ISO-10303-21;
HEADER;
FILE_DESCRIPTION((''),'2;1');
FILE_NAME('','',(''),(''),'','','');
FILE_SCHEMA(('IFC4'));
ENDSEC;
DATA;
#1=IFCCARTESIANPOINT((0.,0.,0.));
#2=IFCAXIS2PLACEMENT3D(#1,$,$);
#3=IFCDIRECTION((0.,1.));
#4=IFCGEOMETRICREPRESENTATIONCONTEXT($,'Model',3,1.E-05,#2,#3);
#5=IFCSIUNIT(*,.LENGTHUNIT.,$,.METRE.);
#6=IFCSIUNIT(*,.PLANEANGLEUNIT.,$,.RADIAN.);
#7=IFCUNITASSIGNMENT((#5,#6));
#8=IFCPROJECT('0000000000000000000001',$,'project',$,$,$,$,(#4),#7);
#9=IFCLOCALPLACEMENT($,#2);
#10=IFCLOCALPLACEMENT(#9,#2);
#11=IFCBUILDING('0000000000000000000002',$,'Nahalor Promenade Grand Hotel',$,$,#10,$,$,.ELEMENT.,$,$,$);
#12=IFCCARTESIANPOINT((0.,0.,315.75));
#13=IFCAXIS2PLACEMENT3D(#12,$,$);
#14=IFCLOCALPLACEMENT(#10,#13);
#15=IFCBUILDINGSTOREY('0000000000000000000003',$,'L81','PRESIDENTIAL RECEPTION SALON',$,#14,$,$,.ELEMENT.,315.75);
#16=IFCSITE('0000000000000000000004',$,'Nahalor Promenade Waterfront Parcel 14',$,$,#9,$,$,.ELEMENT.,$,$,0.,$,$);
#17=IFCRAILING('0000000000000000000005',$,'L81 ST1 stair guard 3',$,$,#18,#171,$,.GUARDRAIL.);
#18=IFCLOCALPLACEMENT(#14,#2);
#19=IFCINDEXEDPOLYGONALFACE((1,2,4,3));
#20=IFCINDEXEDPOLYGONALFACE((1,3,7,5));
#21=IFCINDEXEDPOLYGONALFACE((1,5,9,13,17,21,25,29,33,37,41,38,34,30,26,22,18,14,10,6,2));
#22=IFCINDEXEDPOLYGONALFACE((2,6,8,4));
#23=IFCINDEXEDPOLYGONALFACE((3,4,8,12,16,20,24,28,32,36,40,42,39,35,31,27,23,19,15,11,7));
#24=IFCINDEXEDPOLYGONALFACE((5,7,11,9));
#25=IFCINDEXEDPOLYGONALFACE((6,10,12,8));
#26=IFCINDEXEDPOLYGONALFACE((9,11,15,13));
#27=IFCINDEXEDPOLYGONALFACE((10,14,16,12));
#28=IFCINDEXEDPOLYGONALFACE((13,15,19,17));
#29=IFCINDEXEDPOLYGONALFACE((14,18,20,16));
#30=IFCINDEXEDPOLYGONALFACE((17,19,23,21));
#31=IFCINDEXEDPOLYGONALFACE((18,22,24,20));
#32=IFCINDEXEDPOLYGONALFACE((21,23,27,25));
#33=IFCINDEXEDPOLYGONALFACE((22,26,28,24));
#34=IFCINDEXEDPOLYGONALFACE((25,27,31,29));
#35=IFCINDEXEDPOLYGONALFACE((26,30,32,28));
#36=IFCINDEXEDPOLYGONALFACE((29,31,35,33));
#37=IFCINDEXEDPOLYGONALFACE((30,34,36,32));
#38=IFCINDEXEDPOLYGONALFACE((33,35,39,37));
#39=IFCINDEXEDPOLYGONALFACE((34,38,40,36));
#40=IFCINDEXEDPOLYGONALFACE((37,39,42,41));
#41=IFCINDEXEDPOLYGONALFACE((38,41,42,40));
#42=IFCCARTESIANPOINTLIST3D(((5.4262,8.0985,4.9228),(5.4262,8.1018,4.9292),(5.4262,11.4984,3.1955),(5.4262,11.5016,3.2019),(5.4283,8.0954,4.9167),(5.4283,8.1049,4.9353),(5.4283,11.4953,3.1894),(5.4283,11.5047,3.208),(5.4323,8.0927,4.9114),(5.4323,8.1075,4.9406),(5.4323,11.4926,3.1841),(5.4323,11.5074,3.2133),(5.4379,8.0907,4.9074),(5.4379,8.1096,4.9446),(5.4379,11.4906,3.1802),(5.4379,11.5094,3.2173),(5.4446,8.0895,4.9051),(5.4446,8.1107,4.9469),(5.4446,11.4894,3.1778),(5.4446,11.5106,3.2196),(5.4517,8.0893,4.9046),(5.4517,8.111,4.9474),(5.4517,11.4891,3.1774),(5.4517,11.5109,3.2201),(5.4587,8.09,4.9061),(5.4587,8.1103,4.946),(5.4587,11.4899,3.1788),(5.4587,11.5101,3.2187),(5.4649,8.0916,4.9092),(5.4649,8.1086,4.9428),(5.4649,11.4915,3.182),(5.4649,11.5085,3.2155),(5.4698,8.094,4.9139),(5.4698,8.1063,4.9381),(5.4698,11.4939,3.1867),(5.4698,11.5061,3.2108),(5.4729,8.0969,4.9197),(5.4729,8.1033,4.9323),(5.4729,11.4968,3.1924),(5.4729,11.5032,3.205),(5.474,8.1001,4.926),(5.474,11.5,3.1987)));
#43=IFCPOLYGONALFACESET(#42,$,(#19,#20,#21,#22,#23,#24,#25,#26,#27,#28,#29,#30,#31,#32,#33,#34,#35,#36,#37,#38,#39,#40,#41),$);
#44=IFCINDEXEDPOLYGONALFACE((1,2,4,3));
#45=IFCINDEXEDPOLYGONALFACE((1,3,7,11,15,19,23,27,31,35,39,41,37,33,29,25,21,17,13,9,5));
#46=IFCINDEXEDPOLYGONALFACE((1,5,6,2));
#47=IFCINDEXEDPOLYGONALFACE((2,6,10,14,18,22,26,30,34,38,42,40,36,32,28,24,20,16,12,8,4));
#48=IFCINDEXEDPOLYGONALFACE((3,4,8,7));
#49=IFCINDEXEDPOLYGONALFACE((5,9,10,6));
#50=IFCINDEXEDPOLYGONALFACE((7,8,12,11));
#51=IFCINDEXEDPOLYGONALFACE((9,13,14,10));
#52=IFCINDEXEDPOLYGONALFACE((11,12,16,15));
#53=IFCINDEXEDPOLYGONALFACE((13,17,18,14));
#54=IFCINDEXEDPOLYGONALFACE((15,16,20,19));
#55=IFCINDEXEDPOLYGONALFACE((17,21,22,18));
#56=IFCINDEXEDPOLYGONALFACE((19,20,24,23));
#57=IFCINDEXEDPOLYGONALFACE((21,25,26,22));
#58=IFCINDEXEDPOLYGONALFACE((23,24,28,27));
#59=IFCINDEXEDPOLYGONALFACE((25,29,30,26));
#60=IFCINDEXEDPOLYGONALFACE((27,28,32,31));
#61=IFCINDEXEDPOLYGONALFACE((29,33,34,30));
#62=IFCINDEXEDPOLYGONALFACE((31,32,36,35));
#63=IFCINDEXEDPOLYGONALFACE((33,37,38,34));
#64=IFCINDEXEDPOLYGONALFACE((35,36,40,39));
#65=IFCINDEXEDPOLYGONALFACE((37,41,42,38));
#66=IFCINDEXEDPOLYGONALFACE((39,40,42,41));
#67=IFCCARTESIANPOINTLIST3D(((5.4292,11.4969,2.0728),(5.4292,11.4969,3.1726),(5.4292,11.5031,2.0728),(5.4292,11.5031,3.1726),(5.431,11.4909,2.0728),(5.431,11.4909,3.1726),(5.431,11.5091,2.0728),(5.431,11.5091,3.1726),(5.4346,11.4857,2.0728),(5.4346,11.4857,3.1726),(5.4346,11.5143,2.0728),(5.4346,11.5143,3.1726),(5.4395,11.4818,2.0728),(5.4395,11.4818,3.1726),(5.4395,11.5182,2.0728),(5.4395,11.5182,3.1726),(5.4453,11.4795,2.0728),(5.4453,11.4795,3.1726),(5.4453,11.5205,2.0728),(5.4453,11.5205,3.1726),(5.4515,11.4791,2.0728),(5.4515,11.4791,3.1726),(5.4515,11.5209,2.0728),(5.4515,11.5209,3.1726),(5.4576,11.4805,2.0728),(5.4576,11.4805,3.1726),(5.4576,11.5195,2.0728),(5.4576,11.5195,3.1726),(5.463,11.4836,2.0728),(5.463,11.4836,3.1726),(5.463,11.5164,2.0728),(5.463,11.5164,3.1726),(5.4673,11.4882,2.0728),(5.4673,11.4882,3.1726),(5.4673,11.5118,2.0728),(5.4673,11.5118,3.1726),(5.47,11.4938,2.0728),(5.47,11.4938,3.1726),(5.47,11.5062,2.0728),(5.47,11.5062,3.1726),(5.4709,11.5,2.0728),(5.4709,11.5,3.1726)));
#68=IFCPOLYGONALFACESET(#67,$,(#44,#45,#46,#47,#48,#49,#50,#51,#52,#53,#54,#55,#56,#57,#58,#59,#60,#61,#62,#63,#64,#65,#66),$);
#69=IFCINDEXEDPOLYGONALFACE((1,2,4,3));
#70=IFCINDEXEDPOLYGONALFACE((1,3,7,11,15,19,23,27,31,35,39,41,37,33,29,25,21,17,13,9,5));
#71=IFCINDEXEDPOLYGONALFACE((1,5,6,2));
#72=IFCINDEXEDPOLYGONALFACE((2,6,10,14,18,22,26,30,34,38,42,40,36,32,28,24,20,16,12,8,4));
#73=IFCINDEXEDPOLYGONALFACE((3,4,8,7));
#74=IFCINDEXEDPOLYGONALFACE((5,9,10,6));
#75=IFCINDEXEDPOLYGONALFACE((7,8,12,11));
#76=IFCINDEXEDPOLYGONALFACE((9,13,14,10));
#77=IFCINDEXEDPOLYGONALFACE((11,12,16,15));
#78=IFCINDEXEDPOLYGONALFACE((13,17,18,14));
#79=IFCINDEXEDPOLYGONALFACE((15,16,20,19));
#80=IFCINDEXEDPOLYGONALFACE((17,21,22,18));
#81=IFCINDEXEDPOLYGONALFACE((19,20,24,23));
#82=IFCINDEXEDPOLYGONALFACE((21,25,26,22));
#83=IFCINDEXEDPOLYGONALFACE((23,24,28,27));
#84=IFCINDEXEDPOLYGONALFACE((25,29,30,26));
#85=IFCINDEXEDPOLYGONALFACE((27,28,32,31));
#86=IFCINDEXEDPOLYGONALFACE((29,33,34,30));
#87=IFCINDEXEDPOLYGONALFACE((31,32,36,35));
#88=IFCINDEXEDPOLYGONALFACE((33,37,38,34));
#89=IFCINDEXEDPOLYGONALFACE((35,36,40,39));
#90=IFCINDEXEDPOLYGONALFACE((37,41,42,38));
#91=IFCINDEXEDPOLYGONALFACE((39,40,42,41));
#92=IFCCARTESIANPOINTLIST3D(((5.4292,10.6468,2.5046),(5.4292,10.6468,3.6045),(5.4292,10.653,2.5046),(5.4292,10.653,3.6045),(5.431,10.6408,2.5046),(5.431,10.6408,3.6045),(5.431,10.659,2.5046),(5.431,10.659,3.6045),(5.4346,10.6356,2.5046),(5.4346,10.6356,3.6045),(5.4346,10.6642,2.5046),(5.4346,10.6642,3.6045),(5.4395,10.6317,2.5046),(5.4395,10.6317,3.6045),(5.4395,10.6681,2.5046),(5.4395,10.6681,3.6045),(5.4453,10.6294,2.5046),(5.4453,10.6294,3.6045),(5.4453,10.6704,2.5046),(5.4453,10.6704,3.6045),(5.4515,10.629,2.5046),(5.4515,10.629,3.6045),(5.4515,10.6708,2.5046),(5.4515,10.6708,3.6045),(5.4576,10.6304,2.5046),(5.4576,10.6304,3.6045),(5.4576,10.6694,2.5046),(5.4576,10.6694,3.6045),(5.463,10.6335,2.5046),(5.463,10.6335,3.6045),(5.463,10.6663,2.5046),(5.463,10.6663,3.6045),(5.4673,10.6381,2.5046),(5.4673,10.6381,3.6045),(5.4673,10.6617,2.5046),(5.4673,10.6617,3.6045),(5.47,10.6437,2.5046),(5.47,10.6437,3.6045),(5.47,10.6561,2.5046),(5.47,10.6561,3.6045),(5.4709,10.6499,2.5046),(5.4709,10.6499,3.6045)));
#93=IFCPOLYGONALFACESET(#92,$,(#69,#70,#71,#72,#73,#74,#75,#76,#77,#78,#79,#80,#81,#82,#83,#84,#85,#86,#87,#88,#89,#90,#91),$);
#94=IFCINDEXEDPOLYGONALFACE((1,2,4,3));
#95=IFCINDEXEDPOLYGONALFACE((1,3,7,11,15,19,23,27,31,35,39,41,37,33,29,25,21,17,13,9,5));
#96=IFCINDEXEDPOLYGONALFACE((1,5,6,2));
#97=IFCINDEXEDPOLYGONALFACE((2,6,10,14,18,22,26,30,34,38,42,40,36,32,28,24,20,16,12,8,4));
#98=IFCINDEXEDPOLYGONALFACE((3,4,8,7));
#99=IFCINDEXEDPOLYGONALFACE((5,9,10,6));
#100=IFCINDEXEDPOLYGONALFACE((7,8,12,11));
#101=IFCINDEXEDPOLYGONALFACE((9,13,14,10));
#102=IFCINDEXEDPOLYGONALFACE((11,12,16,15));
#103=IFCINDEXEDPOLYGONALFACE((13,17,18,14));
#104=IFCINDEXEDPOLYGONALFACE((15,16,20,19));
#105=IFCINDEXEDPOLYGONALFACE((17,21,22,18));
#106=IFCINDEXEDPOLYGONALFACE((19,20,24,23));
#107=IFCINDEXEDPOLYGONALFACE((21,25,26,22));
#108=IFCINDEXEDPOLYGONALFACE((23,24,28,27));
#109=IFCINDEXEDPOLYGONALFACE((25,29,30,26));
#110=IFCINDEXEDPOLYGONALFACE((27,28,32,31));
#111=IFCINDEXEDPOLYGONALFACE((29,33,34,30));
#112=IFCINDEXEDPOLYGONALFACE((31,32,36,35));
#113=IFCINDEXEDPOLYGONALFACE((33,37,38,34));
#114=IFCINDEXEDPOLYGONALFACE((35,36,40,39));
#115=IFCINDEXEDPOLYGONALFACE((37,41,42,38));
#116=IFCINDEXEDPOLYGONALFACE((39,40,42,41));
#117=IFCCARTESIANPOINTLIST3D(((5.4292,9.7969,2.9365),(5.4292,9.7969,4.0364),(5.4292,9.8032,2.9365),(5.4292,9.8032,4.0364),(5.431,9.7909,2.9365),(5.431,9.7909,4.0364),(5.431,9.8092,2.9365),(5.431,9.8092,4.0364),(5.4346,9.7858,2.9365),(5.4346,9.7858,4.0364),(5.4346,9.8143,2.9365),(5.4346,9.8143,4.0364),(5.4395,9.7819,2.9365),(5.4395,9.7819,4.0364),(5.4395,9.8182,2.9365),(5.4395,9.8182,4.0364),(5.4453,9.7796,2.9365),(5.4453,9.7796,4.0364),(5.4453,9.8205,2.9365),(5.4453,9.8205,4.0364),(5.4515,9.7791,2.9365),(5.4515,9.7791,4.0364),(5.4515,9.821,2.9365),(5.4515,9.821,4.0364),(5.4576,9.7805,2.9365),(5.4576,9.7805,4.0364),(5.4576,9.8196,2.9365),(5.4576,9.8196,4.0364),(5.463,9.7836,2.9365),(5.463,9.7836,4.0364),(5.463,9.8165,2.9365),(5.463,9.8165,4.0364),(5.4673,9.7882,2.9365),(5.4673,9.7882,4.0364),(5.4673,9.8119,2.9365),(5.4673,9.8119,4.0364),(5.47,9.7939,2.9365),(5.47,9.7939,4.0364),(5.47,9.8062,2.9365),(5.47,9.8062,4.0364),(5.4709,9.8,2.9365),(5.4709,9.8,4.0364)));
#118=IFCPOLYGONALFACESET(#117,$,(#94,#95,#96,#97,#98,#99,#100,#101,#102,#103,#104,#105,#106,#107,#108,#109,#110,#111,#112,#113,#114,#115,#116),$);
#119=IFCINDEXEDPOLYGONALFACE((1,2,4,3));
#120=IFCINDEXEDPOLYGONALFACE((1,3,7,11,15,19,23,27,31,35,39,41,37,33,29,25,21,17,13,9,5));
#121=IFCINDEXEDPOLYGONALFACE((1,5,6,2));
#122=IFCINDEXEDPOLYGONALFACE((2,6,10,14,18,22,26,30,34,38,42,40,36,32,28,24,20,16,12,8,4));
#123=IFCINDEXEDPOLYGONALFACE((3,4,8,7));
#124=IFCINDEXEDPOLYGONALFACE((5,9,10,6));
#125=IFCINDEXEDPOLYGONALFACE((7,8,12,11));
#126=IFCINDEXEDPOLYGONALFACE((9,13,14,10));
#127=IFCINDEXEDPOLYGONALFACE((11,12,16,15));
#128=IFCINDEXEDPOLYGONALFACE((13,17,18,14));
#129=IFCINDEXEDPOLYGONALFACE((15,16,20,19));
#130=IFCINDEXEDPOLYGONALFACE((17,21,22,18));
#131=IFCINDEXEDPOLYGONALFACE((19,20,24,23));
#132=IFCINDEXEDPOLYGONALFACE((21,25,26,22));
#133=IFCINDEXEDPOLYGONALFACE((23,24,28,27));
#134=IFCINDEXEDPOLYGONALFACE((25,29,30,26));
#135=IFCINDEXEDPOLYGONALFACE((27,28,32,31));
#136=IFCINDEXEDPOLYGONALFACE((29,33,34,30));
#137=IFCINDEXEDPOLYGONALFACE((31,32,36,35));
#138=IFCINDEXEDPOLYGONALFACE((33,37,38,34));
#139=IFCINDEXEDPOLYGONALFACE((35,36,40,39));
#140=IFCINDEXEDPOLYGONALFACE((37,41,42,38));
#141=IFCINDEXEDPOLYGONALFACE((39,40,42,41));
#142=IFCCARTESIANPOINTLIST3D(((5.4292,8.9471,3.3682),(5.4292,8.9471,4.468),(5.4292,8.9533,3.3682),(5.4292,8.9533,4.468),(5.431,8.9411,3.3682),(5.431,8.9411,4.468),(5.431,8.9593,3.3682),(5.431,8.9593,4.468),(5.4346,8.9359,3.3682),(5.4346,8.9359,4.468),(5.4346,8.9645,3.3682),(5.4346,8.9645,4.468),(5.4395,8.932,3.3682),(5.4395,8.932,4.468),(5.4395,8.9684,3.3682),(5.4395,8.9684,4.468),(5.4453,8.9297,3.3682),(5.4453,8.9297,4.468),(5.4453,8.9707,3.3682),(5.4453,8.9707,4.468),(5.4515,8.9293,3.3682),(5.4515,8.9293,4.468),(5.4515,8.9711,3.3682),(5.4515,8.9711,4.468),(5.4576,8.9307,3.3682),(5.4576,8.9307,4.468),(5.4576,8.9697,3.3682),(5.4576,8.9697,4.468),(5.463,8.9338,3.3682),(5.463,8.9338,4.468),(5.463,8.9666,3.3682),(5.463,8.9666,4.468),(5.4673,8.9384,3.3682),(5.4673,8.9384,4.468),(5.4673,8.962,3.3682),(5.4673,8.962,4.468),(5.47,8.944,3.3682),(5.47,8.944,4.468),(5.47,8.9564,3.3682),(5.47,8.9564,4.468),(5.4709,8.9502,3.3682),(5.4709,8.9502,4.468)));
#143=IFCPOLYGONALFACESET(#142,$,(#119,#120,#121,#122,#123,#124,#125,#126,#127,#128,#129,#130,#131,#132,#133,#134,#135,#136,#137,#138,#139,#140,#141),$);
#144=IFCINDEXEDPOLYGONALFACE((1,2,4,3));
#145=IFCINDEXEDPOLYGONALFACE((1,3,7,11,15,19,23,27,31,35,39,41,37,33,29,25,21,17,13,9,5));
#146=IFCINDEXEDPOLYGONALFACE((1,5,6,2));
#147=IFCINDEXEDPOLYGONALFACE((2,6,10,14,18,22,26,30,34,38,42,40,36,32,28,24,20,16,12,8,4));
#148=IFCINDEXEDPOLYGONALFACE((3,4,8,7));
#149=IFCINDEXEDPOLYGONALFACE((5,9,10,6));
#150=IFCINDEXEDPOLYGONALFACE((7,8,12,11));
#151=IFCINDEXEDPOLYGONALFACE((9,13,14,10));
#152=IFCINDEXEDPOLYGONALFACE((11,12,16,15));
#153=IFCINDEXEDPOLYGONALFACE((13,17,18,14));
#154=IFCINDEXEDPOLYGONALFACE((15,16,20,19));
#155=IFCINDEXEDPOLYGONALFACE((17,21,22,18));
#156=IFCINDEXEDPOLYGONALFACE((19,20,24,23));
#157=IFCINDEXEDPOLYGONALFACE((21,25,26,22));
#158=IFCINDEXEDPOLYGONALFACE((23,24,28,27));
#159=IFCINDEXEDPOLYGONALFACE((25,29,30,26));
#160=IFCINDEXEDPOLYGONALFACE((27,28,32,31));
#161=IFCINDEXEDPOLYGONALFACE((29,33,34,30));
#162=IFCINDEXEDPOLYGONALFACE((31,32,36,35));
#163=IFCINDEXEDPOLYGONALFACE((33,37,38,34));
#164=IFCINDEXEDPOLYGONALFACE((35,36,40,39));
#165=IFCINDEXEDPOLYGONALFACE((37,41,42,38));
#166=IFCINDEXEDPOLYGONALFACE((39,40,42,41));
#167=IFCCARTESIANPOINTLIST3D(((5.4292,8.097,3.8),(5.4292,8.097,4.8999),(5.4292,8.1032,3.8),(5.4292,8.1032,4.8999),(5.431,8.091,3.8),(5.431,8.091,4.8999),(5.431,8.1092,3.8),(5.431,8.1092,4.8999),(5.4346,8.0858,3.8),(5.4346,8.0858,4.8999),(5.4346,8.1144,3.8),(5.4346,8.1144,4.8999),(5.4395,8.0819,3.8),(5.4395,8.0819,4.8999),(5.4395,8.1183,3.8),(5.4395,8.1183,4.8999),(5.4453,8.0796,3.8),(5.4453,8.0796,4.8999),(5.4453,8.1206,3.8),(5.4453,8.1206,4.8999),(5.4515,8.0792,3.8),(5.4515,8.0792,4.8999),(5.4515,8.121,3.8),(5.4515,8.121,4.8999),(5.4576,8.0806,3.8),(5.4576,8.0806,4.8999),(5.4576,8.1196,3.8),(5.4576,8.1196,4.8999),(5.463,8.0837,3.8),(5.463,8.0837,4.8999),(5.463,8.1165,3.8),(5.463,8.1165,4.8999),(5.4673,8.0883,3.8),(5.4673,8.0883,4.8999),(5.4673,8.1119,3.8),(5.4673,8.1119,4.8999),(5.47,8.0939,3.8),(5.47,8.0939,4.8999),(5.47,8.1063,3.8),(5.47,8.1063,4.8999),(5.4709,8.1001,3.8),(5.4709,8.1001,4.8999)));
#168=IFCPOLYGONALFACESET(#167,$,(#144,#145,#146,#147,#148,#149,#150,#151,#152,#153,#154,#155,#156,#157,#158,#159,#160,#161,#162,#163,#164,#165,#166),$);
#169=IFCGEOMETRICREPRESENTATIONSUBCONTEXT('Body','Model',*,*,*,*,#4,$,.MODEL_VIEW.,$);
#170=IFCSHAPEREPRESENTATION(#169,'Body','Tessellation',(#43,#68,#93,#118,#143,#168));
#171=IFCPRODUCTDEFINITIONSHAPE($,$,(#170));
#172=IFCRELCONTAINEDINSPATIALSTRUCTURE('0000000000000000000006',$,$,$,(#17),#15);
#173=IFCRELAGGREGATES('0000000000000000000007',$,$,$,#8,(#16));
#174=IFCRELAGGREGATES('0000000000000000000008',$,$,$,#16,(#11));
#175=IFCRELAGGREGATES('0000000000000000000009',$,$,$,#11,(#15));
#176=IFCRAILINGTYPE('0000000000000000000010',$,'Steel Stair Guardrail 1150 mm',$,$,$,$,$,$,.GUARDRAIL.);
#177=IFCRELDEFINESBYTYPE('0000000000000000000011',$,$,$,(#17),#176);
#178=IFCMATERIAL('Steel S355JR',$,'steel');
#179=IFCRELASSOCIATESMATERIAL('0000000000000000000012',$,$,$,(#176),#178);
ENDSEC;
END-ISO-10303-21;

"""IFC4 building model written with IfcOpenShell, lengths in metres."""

from ifc_helpers import new_model, si_unit, direction, frame, origin, origin_2d, place, context, subcontext, project, spatial, circle, extrude, material, type_object, element, save


model = new_model("IFC4")

# Units and contexts
model_context = context("Model", 3, precision=1e-05, world=origin(), true_north=direction((0.0, 1.0)))
body_context = subcontext(model_context, "Body", "Model", "MODEL_VIEW")
ifc_project = project(units=[si_unit("LENGTHUNIT", "METRE"), si_unit("PLANEANGLEUNIT", "RADIAN")], contexts=[model_context])

# Site, building, storey
site_placement = place(None, origin())
site = spatial("IfcSite", under=ifc_project, at=site_placement, Name="Nahalor Promenade Waterfront Parcel 14", CompositionType="ELEMENT", RefElevation=0.0)
building_placement = place(site_placement, origin())
building = spatial("IfcBuilding", under=site, at=building_placement, Name="Nahalor Promenade Grand Hotel", CompositionType="ELEMENT")
storey_placement = place(building_placement, frame((0.0, 0.0, 315.75)))
storey = spatial("IfcBuildingStorey", under=building, at=storey_placement, Name="L81", Description="PRESIDENTIAL RECEPTION SALON", CompositionType="ELEMENT", Elevation=315.75)

# Shared definitions
ifc_material_1 = material(Name="Steel S355JR", Category="steel")

# Railing
railing_type = type_object("IfcRailingType", Name="Steel Stair Guardrail 1150 mm", PredefinedType="GUARDRAIL", material=ifc_material_1)
railing_1_placement = place(storey_placement, frame((5.45, 11.5, 2.0728)))
element("IfcRailing", 1, at=railing_1_placement, inside=storey, type_object=railing_type, Name="L81 ST1 stair guard 3", PredefinedType="GUARDRAIL", context=body_context, shape_type="SweptSolid", body=[
    extrude(circle(Radius=0.024, at=origin_2d()), frame((0.0, 0.0, 1.126), z_axis=(0.0, -0.891541, 0.452941), x_axis=(1.0, 0.0, 0.0)), (0.0, 0.0, 1.0), 3.8135),
    extrude(circle(Radius=0.021, at=origin_2d()), origin(), (0.0, 0.0, 1.0), 1.0999),
    extrude(circle(Radius=0.021, at=origin_2d()), frame((0.0, -0.8501, 0.4319)), (0.0, 0.0, 1.0), 1.0999),
    extrude(circle(Radius=0.021, at=origin_2d()), frame((0.0, -1.7, 0.8638)), (0.0, 0.0, 1.0), 1.0999),
    extrude(circle(Radius=0.021, at=origin_2d()), frame((0.0, -2.5498, 1.2954)), (0.0, 0.0, 1.0), 1.0999),
    extrude(circle(Radius=0.021, at=origin_2d()), frame((0.0, -3.3999, 1.7273)), (0.0, 0.0, 1.0), 1.0999),
])

save(model, "model.ifc")
